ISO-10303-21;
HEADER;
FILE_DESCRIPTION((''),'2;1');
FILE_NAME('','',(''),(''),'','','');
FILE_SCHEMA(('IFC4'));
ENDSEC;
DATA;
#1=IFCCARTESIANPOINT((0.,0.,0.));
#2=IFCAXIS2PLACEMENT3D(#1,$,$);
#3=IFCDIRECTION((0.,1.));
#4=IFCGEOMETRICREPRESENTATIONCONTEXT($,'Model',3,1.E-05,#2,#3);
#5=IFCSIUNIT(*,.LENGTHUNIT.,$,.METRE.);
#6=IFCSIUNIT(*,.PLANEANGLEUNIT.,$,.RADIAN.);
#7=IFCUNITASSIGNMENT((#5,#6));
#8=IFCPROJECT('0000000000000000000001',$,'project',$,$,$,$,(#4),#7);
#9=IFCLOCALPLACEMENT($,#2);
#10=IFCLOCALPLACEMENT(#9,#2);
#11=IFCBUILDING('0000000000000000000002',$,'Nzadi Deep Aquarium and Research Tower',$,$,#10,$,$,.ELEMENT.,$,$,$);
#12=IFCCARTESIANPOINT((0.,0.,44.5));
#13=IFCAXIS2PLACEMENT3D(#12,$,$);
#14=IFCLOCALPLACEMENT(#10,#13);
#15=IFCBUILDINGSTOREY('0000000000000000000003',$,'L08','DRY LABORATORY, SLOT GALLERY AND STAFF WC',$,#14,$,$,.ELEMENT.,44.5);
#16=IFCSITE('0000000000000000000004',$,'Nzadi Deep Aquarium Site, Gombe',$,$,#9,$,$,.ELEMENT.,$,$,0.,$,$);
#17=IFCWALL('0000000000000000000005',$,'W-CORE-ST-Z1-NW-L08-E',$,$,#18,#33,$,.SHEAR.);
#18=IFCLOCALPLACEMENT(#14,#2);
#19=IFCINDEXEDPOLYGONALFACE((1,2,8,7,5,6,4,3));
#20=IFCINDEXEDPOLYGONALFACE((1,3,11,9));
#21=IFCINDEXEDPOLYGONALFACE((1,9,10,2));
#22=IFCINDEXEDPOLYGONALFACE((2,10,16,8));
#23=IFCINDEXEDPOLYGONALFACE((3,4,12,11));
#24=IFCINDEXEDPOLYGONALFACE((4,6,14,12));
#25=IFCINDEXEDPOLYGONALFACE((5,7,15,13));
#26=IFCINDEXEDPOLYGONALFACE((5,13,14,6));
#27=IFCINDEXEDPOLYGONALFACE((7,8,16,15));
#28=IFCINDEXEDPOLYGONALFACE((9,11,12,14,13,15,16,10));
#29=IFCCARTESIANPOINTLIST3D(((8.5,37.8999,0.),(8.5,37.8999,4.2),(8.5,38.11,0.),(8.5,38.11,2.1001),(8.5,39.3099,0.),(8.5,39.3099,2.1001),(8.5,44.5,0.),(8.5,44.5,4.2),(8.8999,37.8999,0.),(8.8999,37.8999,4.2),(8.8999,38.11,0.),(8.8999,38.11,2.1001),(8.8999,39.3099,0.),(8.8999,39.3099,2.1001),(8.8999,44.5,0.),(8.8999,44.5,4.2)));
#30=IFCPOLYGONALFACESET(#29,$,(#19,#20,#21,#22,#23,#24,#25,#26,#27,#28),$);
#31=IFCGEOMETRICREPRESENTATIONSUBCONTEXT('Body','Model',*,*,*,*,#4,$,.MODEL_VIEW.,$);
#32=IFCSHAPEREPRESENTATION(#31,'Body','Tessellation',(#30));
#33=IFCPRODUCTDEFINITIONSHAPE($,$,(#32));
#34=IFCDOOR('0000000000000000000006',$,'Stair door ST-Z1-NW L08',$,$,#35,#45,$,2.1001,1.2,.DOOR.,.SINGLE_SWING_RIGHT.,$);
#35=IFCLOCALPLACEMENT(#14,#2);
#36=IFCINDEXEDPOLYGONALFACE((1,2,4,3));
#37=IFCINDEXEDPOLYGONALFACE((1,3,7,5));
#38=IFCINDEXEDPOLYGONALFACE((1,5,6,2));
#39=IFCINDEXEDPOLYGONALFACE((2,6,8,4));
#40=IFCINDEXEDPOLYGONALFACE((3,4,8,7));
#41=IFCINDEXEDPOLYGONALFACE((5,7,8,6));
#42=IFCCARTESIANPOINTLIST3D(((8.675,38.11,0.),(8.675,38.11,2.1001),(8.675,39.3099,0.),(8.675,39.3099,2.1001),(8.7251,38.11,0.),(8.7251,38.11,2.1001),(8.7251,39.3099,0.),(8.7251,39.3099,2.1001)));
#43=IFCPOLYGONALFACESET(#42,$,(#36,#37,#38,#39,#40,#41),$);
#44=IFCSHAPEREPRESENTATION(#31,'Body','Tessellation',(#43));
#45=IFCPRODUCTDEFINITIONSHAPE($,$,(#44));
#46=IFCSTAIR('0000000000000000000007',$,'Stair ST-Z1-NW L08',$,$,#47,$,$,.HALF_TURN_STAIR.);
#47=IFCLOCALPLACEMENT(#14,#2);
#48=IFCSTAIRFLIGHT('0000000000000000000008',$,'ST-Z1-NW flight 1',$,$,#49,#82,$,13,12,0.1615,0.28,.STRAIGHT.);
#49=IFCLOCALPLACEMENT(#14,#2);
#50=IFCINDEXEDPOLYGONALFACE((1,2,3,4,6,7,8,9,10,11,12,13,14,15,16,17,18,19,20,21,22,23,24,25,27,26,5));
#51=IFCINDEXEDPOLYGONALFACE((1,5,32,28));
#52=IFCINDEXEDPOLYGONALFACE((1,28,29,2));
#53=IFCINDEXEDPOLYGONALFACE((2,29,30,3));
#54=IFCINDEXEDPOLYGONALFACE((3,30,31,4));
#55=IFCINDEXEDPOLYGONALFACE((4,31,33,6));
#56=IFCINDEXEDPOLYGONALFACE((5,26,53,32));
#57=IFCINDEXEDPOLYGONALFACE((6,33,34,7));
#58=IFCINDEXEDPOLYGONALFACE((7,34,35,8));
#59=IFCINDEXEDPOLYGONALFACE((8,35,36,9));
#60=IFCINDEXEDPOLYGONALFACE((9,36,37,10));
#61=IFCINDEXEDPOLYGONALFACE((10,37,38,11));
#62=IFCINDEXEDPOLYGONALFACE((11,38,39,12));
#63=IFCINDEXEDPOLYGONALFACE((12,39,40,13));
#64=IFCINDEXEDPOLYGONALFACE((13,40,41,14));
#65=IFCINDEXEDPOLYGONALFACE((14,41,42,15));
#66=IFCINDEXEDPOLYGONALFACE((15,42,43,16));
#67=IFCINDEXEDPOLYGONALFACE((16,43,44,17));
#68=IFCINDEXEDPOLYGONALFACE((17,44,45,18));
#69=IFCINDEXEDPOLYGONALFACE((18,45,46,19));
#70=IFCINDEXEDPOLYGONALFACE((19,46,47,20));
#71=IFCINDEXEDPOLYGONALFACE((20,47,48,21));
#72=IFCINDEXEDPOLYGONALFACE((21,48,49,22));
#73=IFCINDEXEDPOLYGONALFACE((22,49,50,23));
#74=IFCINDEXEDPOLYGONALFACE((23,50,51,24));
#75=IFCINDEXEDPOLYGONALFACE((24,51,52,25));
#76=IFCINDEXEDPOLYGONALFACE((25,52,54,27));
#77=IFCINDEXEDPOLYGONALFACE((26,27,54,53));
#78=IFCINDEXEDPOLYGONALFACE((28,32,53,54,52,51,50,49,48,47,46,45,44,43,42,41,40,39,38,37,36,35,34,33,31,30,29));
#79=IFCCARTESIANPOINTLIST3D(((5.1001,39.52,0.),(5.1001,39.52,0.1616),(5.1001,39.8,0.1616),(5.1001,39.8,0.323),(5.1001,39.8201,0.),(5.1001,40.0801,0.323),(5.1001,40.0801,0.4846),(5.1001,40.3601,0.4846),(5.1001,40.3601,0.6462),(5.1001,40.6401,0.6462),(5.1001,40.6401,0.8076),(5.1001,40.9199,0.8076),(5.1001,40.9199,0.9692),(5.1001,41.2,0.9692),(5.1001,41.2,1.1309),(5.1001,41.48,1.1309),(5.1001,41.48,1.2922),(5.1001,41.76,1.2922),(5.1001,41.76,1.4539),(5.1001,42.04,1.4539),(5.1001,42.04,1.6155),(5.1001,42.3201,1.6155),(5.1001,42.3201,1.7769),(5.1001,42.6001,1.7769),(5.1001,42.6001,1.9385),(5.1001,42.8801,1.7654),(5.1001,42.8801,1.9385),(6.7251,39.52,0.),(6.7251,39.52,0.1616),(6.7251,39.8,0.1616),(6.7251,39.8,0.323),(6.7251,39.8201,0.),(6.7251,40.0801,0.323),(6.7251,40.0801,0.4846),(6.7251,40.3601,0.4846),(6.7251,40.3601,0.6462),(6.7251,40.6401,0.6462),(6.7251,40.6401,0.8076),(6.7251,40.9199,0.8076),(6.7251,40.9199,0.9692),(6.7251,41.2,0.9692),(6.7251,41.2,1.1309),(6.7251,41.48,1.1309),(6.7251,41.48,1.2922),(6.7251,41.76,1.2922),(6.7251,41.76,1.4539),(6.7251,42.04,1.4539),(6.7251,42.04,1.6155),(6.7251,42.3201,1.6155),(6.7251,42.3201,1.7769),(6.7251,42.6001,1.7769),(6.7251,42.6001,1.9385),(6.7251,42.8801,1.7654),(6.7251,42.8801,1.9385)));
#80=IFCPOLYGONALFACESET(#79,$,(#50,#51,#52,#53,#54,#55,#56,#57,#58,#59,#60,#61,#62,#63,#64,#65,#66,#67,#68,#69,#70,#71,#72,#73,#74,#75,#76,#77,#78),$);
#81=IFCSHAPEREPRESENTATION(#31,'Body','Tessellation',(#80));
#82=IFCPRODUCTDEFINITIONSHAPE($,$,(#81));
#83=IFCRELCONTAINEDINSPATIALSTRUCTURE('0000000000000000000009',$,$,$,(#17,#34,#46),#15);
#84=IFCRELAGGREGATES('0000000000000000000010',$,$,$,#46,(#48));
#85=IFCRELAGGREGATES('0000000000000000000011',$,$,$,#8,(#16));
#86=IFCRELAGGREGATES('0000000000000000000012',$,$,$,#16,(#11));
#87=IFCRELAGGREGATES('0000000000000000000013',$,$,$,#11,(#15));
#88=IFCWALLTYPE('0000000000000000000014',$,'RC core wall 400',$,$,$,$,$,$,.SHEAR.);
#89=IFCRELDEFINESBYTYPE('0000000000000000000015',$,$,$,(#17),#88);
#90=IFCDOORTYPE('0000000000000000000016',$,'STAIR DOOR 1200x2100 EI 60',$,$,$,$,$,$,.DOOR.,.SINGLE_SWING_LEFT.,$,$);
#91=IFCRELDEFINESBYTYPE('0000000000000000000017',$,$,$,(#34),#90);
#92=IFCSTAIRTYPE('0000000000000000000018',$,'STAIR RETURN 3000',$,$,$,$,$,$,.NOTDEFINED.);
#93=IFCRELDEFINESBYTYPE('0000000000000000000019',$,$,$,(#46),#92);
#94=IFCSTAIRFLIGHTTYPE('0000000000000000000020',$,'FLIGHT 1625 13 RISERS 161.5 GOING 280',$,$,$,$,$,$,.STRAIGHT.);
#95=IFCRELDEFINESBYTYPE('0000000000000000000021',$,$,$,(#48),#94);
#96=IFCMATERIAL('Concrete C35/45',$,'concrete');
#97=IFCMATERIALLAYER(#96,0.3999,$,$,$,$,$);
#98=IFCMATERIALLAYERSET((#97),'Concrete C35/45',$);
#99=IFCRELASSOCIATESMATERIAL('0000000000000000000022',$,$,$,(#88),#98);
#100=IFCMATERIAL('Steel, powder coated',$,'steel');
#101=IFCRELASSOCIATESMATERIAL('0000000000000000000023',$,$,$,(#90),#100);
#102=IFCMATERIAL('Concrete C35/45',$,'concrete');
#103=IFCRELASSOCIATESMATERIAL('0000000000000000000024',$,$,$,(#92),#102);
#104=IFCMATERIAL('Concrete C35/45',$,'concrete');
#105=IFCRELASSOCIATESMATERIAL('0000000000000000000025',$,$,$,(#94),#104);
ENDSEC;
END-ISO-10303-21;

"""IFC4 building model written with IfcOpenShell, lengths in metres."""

from ifc_helpers import new_model, si_unit, direction, frame, frame_2d, origin, place, context, subcontext, project, spatial, polyline, rectangle, outline, extrude, material, layer, layer_set, type_object, element, fill, aggregate, save


model = new_model("IFC4")

# Units and contexts
model_context = context("Model", 3, precision=1e-05, world=origin(), true_north=direction((0.0, 1.0)))
body_context = subcontext(model_context, "Body", "Model", "MODEL_VIEW")
ifc_project = project(units=[si_unit("LENGTHUNIT", "METRE"), si_unit("PLANEANGLEUNIT", "RADIAN")], contexts=[model_context])

# Site, building, storey
site_placement = place(None, origin())
site = spatial("IfcSite", under=ifc_project, at=site_placement, Name="Nzadi Deep Aquarium Site, Gombe", CompositionType="ELEMENT", RefElevation=0.0)
building_placement = place(site_placement, origin())
building = spatial("IfcBuilding", under=site, at=building_placement, Name="Nzadi Deep Aquarium and Research Tower", CompositionType="ELEMENT")
storey_placement = place(building_placement, frame((0.0, 0.0, 44.5)))
storey = spatial("IfcBuildingStorey", under=building, at=storey_placement, Name="L08", Description="DRY LABORATORY, SLOT GALLERY AND STAFF WC", CompositionType="ELEMENT", Elevation=44.5)

# Shared definitions
ifc_material_1 = material(Name="Concrete C35/45", Category="concrete")
ifc_layer_1 = layer(ifc_material_1, 0.3999)
ifc_layer_set_1 = layer_set([ifc_layer_1], Name="Concrete C35/45")
wall_type_1 = type_object("IfcWallType", Name="RC core wall 400", PredefinedType="SHEAR", material=ifc_layer_set_1)

# Wall, opening, door
wall_1_placement = place(storey_placement, frame((8.7, 37.8999, 0.0), z_axis=(0.0, 0.0, 1.0), x_axis=(0.0, 1.0, 0.0)))
wall_1 = element("IfcWall", 1, at=wall_1_placement, inside=storey, type_object=wall_type_1, Name="W-CORE-ST-Z1-NW-L08-E", PredefinedType="SHEAR", context=body_context, shape_type="SweptSolid", body=[
    extrude(rectangle(XDim=6.6001, YDim=0.3999, at=frame_2d((3.3, 0.0))), origin(), (0.0, 0.0, 1.0), 4.2),
])
opening_1_placement = place(wall_1_placement, frame((0.21, 0.0, 0.0)))
opening_1 = element("IfcOpeningElement", 2, at=opening_1_placement, cuts=wall_1, PredefinedType="OPENING", context=body_context, shape_type="SweptSolid", body=[
    extrude(rectangle(XDim=1.2, YDim=2.1001, at=frame_2d((0.6001, 1.05))), frame((0.0, 0.21, 0.0), z_axis=(0.0, -1.0, 0.0), x_axis=(1.0, 0.0, 0.0)), (0.0, 0.0, 1.0), 0.4199),
])
ifc_material_2 = material(Name="Steel, powder coated", Category="steel")
door_type_1 = type_object("IfcDoorType", Name="STAIR DOOR 1200x2100 EI 60", OperationType="SINGLE_SWING_LEFT", PredefinedType="DOOR", material=ifc_material_2)
door_1_placement = place(opening_1_placement, origin())
door_1 = element("IfcDoor", 3, at=door_1_placement, inside=storey, type_object=door_type_1, Name="Stair door ST-Z1-NW L08", OperationType="SINGLE_SWING_RIGHT", OverallHeight=2.1001, OverallWidth=1.2, PredefinedType="DOOR", context=body_context, shape_type="SweptSolid", body=[
    extrude(rectangle(XDim=1.2, YDim=2.1001, at=frame_2d((0.6001, 1.05))), frame((0.0, 0.0249, 0.0), z_axis=(0.0, -1.0, 0.0), x_axis=(1.0, 0.0, 0.0)), (0.0, 0.0, 1.0), 0.05),
])
fill(opening_1, door_1)

# Stair, stair flight
ifc_material_3 = material(Name="Concrete C35/45", Category="concrete")
stair_type = type_object("IfcStairType", Name="STAIR RETURN 3000", PredefinedType="NOTDEFINED", material=ifc_material_3)
stair_placement = place(storey_placement, origin())
stair = element("IfcStair", 4, at=stair_placement, inside=storey, type_object=stair_type, Name="Stair ST-Z1-NW L08", PredefinedType="HALF_TURN_STAIR")
ifc_material_4 = material(Name="Concrete C35/45", Category="concrete")
stair_flight_type = type_object("IfcStairFlightType", Name="FLIGHT 1625 13 RISERS 161.5 GOING 280", PredefinedType="STRAIGHT", material=ifc_material_4)
stair_flight_placement = place(storey_placement, frame((5.9126, 39.52, 0.0), z_axis=(0.0, 0.0, 1.0), x_axis=(0.0, 1.0, 0.0)))
stair_flight = element("IfcStairFlight", 5, at=stair_flight_placement, type_object=stair_flight_type, Name="ST-Z1-NW flight 1", NumberOfRisers=13, NumberOfTreads=12, PredefinedType="STRAIGHT", RiserHeight=0.1615, TreadLength=0.28, context=body_context, shape_type="SweptSolid", body=[
    extrude(outline(polyline([(0.0, 0.0), (0.0, 0.1616), (0.28, 0.1616), (0.28, 0.323), (0.5601, 0.323), (0.5601, 0.4846), (0.8401, 0.4846), (0.8401, 0.6462), (1.1201, 0.6462), (1.1201, 0.8076), (1.3999, 0.8076), (1.3999, 0.9692), (1.6799, 0.9692), (1.6799, 1.1309), (1.96, 1.1309), (1.96, 1.2922), (2.24, 1.2922), (2.24, 1.4539), (2.52, 1.4539), (2.52, 1.6155), (2.8, 1.6155), (2.8, 1.7769), (3.0801, 1.7769), (3.0801, 1.9385), (3.3601, 1.9385), (3.3601, 2.1001), (3.3601, 1.7654), (0.3, 0.0), (0.0, 0.0)])), frame((0.0, 0.8125, 0.0), z_axis=(0.0, -1.0, 0.0), x_axis=(1.0, 0.0, 0.0)), (0.0, 0.0, 1.0), 1.625),
])
aggregate(stair, [stair_flight])

save(model, "model.ifc")
